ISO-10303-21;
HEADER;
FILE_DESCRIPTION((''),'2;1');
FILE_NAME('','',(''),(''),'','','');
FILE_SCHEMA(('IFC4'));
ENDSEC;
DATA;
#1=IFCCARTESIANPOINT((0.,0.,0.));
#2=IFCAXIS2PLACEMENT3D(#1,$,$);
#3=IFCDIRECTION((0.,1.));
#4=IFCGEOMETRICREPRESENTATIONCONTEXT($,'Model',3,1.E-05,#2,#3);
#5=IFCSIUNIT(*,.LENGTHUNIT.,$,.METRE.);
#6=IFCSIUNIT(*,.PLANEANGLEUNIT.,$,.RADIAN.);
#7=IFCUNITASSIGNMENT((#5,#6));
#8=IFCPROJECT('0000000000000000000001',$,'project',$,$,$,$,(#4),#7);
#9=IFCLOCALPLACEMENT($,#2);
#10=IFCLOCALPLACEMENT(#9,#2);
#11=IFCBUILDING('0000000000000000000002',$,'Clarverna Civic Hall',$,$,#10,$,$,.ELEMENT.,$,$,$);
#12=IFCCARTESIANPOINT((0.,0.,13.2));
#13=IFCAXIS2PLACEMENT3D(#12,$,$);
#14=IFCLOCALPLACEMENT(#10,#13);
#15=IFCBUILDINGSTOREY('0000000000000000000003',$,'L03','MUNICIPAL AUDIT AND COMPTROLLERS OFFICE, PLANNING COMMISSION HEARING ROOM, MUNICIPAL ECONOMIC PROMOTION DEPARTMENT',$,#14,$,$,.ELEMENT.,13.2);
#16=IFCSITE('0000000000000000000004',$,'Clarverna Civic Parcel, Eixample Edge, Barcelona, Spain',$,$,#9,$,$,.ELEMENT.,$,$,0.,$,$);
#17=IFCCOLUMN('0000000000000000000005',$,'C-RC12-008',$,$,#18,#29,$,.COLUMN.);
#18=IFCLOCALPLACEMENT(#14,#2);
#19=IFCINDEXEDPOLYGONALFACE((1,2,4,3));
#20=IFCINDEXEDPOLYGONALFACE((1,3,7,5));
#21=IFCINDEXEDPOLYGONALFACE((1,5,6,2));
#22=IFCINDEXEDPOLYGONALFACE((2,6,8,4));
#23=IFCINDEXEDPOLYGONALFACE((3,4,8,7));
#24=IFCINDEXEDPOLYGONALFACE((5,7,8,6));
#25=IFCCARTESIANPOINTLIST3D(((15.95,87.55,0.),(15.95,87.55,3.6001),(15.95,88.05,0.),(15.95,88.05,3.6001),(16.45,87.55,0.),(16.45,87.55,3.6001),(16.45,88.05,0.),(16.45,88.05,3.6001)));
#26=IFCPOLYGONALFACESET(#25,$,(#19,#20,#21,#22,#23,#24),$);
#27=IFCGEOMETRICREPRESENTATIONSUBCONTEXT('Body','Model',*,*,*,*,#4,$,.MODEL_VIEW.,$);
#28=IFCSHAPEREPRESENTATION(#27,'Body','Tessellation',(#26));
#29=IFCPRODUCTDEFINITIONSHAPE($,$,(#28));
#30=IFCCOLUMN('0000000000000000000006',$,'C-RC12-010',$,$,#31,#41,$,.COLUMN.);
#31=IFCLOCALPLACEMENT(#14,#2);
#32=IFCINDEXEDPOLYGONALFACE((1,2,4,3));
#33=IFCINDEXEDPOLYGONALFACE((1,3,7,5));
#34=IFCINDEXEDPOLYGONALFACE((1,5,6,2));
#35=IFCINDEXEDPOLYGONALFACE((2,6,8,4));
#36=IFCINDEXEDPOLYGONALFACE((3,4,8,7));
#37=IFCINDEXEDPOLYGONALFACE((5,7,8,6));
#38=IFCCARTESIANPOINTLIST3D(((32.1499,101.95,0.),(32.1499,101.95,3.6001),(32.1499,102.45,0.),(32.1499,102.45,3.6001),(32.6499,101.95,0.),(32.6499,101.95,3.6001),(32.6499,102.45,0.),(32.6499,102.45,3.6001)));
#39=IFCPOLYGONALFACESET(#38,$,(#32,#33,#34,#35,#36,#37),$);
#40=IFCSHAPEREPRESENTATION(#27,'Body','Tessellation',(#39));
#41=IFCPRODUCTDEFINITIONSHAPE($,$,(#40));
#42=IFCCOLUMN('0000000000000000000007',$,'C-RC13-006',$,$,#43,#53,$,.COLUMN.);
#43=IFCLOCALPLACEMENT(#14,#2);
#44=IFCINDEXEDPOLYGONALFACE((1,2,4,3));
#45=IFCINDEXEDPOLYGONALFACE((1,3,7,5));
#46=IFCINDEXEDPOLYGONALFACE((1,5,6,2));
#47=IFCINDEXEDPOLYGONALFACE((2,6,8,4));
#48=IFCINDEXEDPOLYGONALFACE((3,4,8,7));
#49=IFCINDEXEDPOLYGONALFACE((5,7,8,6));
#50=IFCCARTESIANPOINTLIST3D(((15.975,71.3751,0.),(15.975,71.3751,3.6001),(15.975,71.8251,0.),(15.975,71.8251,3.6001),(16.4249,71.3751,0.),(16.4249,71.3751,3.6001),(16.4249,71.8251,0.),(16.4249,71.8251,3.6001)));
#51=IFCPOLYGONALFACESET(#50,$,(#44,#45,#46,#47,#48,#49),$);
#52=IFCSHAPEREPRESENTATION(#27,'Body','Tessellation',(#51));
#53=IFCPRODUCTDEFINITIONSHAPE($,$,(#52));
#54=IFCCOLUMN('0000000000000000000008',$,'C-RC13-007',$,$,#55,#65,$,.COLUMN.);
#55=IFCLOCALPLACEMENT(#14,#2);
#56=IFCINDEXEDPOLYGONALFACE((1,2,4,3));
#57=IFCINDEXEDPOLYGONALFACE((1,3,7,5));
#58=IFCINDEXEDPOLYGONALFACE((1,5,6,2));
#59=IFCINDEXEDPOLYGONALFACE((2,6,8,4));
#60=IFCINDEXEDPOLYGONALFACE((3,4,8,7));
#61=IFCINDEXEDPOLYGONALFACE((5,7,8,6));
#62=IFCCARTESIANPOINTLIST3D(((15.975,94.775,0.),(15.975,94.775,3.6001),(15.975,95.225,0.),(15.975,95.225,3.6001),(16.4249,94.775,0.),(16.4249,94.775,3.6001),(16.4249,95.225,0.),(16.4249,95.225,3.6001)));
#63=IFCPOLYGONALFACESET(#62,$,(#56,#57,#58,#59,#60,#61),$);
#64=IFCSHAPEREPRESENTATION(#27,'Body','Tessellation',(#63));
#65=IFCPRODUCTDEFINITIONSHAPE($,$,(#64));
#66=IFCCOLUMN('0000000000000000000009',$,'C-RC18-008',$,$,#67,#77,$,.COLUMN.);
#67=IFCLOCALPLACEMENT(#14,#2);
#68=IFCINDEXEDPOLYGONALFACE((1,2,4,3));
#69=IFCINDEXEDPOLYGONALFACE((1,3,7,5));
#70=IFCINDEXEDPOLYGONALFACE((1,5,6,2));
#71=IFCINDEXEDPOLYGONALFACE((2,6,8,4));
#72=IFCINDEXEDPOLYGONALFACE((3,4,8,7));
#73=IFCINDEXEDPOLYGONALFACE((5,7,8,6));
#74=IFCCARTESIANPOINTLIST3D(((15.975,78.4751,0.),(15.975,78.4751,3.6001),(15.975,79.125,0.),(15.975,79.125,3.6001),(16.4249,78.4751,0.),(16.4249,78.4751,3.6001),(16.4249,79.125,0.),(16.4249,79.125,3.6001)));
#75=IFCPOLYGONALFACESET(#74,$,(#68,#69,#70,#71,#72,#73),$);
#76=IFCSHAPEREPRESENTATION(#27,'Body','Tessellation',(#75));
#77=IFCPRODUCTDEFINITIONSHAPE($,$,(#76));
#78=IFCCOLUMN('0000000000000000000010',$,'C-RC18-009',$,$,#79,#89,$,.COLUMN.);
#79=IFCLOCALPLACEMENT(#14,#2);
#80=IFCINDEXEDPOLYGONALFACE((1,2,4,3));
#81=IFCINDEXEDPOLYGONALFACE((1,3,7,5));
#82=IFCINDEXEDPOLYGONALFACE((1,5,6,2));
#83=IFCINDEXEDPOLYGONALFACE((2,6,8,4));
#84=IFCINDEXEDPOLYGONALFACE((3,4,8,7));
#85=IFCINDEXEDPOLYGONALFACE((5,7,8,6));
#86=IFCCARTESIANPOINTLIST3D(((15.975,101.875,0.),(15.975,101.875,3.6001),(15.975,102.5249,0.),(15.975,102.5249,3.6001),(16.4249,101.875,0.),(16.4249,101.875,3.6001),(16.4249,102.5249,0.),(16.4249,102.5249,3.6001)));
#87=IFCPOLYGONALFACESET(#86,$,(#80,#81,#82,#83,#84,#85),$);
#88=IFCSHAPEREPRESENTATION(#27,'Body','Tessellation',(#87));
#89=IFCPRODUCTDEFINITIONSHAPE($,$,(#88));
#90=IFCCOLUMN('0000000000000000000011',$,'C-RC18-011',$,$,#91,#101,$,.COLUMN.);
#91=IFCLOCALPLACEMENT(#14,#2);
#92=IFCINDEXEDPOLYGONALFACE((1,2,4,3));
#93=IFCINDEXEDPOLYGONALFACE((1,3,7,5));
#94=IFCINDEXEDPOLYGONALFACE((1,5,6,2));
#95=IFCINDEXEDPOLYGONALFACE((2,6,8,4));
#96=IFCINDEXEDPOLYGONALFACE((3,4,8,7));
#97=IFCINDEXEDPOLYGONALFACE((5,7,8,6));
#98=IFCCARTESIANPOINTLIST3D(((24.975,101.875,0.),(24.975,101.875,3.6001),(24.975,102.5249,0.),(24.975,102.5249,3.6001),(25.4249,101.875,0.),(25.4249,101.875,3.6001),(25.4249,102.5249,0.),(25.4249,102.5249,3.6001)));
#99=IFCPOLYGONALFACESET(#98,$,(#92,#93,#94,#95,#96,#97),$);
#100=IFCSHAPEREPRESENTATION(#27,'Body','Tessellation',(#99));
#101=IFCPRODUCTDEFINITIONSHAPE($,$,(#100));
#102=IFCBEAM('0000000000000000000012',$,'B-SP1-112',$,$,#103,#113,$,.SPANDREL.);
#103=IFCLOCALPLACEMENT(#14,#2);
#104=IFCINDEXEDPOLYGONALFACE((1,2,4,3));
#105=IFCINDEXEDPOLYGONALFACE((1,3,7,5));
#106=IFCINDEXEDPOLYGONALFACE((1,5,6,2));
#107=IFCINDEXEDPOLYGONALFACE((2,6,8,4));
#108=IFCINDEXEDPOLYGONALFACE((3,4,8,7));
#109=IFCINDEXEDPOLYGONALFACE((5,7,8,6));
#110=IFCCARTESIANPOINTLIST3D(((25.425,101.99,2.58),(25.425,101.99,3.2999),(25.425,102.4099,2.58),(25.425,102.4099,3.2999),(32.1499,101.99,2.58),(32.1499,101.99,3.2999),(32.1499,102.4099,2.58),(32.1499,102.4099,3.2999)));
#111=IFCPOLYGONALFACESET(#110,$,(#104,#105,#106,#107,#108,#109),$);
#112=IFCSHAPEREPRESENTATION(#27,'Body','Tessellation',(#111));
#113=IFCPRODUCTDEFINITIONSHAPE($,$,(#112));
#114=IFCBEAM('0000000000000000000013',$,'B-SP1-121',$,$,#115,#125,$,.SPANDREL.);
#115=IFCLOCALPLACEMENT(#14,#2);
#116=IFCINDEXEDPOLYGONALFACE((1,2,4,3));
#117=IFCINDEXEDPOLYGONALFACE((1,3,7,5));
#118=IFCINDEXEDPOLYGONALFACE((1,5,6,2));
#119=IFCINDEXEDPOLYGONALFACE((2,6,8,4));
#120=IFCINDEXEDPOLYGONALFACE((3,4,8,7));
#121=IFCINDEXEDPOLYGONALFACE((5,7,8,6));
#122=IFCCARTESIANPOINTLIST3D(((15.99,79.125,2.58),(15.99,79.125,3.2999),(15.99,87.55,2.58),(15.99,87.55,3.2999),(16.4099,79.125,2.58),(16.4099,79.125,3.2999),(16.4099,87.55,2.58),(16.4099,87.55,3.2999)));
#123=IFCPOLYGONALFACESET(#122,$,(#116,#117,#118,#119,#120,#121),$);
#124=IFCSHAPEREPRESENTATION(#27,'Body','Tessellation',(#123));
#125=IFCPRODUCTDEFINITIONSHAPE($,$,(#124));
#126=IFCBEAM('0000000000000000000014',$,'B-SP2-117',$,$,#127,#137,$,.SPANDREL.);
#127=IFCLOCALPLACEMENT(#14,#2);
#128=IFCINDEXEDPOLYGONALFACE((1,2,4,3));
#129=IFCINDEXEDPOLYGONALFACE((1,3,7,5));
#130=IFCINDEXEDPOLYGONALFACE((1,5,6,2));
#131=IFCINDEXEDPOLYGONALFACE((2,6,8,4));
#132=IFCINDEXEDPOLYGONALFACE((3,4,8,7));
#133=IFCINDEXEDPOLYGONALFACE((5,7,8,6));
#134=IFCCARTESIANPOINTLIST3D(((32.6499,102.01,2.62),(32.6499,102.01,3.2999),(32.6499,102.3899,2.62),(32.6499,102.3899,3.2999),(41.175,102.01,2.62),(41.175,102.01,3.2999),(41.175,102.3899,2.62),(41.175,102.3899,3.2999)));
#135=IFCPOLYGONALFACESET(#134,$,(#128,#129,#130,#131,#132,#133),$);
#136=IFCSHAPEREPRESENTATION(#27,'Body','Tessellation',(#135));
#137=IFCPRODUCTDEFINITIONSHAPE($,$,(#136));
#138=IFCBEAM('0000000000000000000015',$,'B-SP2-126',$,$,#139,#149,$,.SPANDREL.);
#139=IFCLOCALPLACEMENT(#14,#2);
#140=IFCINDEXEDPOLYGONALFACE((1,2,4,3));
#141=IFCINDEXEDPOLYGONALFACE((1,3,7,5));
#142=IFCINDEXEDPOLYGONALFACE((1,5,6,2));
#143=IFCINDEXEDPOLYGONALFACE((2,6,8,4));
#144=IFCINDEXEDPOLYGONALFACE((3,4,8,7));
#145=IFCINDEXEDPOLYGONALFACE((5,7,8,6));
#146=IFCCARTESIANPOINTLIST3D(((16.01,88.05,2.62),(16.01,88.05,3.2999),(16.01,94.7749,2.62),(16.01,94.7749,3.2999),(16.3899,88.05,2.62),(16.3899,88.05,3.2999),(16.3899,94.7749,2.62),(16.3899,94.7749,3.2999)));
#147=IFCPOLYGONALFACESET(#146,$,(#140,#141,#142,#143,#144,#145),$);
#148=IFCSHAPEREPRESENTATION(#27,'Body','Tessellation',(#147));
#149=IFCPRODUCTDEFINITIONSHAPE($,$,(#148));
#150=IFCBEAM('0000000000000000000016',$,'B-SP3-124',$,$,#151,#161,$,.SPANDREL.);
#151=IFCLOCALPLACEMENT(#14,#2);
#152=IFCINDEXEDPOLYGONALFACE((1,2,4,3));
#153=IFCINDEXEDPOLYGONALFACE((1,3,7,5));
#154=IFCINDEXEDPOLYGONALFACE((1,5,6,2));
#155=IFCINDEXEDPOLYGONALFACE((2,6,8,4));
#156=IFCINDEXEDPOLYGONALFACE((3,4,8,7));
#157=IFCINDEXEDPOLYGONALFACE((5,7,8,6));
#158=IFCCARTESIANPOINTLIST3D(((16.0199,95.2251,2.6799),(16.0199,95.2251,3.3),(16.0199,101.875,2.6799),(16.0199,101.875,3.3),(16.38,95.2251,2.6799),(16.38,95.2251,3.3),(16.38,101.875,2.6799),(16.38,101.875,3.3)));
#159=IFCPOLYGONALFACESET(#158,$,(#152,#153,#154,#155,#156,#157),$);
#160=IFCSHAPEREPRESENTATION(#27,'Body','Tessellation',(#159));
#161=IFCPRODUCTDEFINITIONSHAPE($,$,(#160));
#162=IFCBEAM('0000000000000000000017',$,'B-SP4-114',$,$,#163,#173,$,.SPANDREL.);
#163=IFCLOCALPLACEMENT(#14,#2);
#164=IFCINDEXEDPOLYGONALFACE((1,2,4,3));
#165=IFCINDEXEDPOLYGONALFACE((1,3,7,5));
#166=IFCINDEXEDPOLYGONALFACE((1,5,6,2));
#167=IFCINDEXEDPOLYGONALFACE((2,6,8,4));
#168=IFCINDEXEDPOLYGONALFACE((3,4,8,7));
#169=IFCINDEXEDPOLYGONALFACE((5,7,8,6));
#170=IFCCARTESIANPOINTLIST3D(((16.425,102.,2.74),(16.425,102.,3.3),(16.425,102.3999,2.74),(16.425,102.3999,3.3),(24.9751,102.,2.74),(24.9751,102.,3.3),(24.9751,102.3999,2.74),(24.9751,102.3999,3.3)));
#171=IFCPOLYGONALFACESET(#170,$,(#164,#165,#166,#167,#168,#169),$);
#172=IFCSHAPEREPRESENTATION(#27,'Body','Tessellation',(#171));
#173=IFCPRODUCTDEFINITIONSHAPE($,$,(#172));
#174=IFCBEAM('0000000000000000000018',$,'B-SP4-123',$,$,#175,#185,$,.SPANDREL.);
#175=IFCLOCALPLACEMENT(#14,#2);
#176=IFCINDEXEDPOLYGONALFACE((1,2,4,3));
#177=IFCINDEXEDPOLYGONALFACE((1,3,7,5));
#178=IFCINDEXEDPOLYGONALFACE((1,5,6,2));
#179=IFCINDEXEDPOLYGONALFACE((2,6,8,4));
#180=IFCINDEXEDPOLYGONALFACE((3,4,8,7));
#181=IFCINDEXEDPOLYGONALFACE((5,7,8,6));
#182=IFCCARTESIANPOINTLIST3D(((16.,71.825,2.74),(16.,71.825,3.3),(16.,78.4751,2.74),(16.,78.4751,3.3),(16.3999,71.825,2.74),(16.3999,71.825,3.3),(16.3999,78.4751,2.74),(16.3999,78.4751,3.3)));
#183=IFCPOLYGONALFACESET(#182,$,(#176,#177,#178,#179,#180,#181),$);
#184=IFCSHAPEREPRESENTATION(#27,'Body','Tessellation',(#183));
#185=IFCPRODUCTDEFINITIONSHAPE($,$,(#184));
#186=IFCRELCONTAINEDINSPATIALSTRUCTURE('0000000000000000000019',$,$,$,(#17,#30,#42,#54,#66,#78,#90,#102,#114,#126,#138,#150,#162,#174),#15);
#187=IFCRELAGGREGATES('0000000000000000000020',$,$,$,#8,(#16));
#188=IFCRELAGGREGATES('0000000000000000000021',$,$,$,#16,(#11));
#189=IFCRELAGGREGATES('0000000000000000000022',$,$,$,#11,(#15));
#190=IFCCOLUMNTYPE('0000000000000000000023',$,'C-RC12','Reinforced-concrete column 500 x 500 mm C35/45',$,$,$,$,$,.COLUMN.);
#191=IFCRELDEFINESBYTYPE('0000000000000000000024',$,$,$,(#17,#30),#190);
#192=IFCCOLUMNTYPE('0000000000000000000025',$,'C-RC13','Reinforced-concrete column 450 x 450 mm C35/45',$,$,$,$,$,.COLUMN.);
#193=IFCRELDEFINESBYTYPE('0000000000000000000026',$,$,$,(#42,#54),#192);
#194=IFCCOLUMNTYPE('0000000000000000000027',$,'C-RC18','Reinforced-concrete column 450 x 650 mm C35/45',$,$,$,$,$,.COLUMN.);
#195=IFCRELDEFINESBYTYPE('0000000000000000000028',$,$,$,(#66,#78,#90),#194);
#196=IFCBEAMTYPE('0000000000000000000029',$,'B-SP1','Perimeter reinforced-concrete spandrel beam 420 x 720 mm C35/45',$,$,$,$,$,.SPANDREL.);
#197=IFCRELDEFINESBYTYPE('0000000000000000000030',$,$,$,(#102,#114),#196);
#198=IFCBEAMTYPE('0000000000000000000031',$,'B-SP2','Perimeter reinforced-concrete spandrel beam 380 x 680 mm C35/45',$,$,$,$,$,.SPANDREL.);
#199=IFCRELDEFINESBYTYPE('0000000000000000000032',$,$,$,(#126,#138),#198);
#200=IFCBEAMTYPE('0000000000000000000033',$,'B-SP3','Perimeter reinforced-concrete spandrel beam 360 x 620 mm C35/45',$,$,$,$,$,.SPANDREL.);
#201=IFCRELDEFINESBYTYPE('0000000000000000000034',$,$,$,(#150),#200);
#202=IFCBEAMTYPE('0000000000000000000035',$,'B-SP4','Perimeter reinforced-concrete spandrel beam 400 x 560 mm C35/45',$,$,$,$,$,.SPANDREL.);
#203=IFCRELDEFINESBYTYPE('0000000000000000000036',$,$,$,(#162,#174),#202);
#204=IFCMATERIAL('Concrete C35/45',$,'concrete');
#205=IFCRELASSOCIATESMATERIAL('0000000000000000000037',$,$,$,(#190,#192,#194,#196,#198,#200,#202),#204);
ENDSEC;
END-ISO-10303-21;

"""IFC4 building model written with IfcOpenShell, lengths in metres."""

from ifc_helpers import new_model, si_unit, direction, frame, origin, origin_2d, place, context, subcontext, project, spatial, rectangle, extrude, material, material_profile, profile_set, type_object, element, save


model = new_model("IFC4")

# Units and contexts
model_context = context("Model", 3, precision=1e-05, world=origin(), true_north=direction((0.0, 1.0)))
body_context = subcontext(model_context, "Body", "Model", "MODEL_VIEW")
ifc_project = project(units=[si_unit("LENGTHUNIT", "METRE"), si_unit("PLANEANGLEUNIT", "RADIAN")], contexts=[model_context])

# Site, building, storey
site_placement = place(None, origin())
site = spatial("IfcSite", under=ifc_project, at=site_placement, Name="Clarverna Civic Parcel, Eixample Edge, Barcelona, Spain", CompositionType="ELEMENT", RefElevation=0.0)
building_placement = place(site_placement, origin())
building = spatial("IfcBuilding", under=site, at=building_placement, Name="Clarverna Civic Hall", CompositionType="ELEMENT")
storey_placement = place(building_placement, frame((0.0, 0.0, 13.2)))
storey = spatial("IfcBuildingStorey", under=building, at=storey_placement, Name="L03", Description="MUNICIPAL AUDIT AND COMPTROLLERS OFFICE, PLANNING COMMISSION HEARING ROOM, MUNICIPAL ECONOMIC PROMOTION DEPARTMENT", CompositionType="ELEMENT", Elevation=13.2)

# Columns
ifc_material_1 = material(Name="Concrete C35/45", Category="concrete")
ifc_material_profile_1 = material_profile(ifc_material_1, rectangle(XDim=0.5, YDim=0.5, at=origin_2d()), Name="RC 500x500")
ifc_profile_set_1 = profile_set([ifc_material_profile_1], Name="Concrete C35/45")
column_type_1 = type_object("IfcColumnType", Name="C-RC12", Description="Reinforced-concrete column 500 x 500 mm C35/45", PredefinedType="COLUMN", material=ifc_profile_set_1)
for number, where, z_axis, x_axis, name in (
    (1, (16.2, 87.8, 0.0), (0.0, 0.0, 1.0), (1.0, 0.0, 0.0), "C-RC12-008"),
    (2, (32.3999, 102.2, 0.0), (0.0, 0.0, 1.0), (1.0, 0.0, 0.0), "C-RC12-010"),
):
    element("IfcColumn", number, at=place(storey_placement, frame(where, z_axis=z_axis, x_axis=x_axis)), inside=storey, type_object=column_type_1, Name=name, PredefinedType="COLUMN", context=body_context, shape_type="SweptSolid", body=[
        extrude(rectangle(XDim=0.5, YDim=0.5, at=origin_2d()), origin(), (0.0, 0.0, 1.0), 3.6001),
    ])
ifc_material_profile_2 = material_profile(ifc_material_1, rectangle(XDim=0.45, YDim=0.45, at=origin_2d()), Name="RC 450x450")
ifc_profile_set_2 = profile_set([ifc_material_profile_2], Name="Concrete C35/45")
column_type_2 = type_object("IfcColumnType", Name="C-RC13", Description="Reinforced-concrete column 450 x 450 mm C35/45", PredefinedType="COLUMN", material=ifc_profile_set_2)
for number, where, z_axis, x_axis, name in (
    (3, (16.2, 71.6001, 0.0), (0.0, 0.0, 1.0), (1.0, 0.0, 0.0), "C-RC13-006"),
    (4, (16.2, 95.0, 0.0), (0.0, 0.0, 1.0), (1.0, 0.0, 0.0), "C-RC13-007"),
):
    element("IfcColumn", number, at=place(storey_placement, frame(where, z_axis=z_axis, x_axis=x_axis)), inside=storey, type_object=column_type_2, Name=name, PredefinedType="COLUMN", context=body_context, shape_type="SweptSolid", body=[
        extrude(rectangle(XDim=0.45, YDim=0.45, at=origin_2d()), origin(), (0.0, 0.0, 1.0), 3.6001),
    ])
ifc_material_profile_3 = material_profile(ifc_material_1, rectangle(XDim=0.45, YDim=0.6499, at=origin_2d()), Name="RC 450x650")
ifc_profile_set_3 = profile_set([ifc_material_profile_3], Name="Concrete C35/45")
column_type_3 = type_object("IfcColumnType", Name="C-RC18", Description="Reinforced-concrete column 450 x 650 mm C35/45", PredefinedType="COLUMN", material=ifc_profile_set_3)
for number, where, z_axis, x_axis, name in (
    (5, (16.2, 78.8, 0.0), (0.0, 0.0, 1.0), (1.0, 0.0, 0.0), "C-RC18-008"),
    (6, (16.2, 102.2, 0.0), (0.0, 0.0, 1.0), (1.0, 0.0, 0.0), "C-RC18-009"),
    (7, (25.2, 102.2, 0.0), (0.0, 0.0, 1.0), (1.0, 0.0, 0.0), "C-RC18-011"),
):
    element("IfcColumn", number, at=place(storey_placement, frame(where, z_axis=z_axis, x_axis=x_axis)), inside=storey, type_object=column_type_3, Name=name, PredefinedType="COLUMN", context=body_context, shape_type="SweptSolid", body=[
        extrude(rectangle(XDim=0.45, YDim=0.6499, at=origin_2d()), origin(), (0.0, 0.0, 1.0), 3.6001),
    ])

# Beams
ifc_material_profile_4 = material_profile(ifc_material_1, rectangle(XDim=0.4199, YDim=0.72, at=origin_2d()), Name="RC 420x720")
ifc_profile_set_4 = profile_set([ifc_material_profile_4], Name="Concrete C35/45")
beam_type_1 = type_object("IfcBeamType", Name="B-SP1", Description="Perimeter reinforced-concrete spandrel beam 420 x 720 mm C35/45", PredefinedType="SPANDREL", material=ifc_profile_set_4)
beam_1_placement = place(storey_placement, frame((25.425, 102.2, 2.9399), z_axis=(1.0, 0.0, 0.0), x_axis=(0.0, 1.0, 0.0)))
element("IfcBeam", 8, at=beam_1_placement, inside=storey, type_object=beam_type_1, Name="B-SP1-112", PredefinedType="SPANDREL", context=body_context, shape_type="SweptSolid", body=[
    extrude(rectangle(XDim=0.4199, YDim=0.72, at=origin_2d()), origin(), (0.0, 0.0, 1.0), 6.7249),
])
beam_2_placement = place(storey_placement, frame((16.2, 79.125, 2.9399), z_axis=(0.0, 1.0, 0.0), x_axis=(-1.0, 0.0, 0.0)))
element("IfcBeam", 9, at=beam_2_placement, inside=storey, type_object=beam_type_1, Name="B-SP1-121", PredefinedType="SPANDREL", context=body_context, shape_type="SweptSolid", body=[
    extrude(rectangle(XDim=0.4199, YDim=0.72, at=origin_2d()), origin(), (0.0, 0.0, 1.0), 8.425),
])
ifc_material_profile_5 = material_profile(ifc_material_1, rectangle(XDim=0.3799, YDim=0.6799, at=origin_2d()), Name="RC 380x680")
ifc_profile_set_5 = profile_set([ifc_material_profile_5], Name="Concrete C35/45")
beam_type_2 = type_object("IfcBeamType", Name="B-SP2", Description="Perimeter reinforced-concrete spandrel beam 380 x 680 mm C35/45", PredefinedType="SPANDREL", material=ifc_profile_set_5)
beam_3_placement = place(storey_placement, frame((32.6499, 102.2, 2.96), z_axis=(1.0, 0.0, 0.0), x_axis=(0.0, 1.0, 0.0)))
element("IfcBeam", 10, at=beam_3_placement, inside=storey, type_object=beam_type_2, Name="B-SP2-117", PredefinedType="SPANDREL", context=body_context, shape_type="SweptSolid", body=[
    extrude(rectangle(XDim=0.3799, YDim=0.6799, at=origin_2d()), origin(), (0.0, 0.0, 1.0), 8.5251),
])
beam_4_placement = place(storey_placement, frame((16.2, 88.05, 2.96), z_axis=(0.0, 1.0, 0.0), x_axis=(-1.0, 0.0, 0.0)))
element("IfcBeam", 11, at=beam_4_placement, inside=storey, type_object=beam_type_2, Name="B-SP2-126", PredefinedType="SPANDREL", context=body_context, shape_type="SweptSolid", body=[
    extrude(rectangle(XDim=0.3799, YDim=0.6799, at=origin_2d()), origin(), (0.0, 0.0, 1.0), 6.7249),
])
ifc_material_profile_6 = material_profile(ifc_material_1, rectangle(XDim=0.3601, YDim=0.6201, at=origin_2d()), Name="RC 360x620")
ifc_profile_set_6 = profile_set([ifc_material_profile_6], Name="Concrete C35/45")
beam_type_3 = type_object("IfcBeamType", Name="B-SP3", Description="Perimeter reinforced-concrete spandrel beam 360 x 620 mm C35/45", PredefinedType="SPANDREL", material=ifc_profile_set_6)
beam_5_placement = place(storey_placement, frame((16.2, 95.2251, 2.99), z_axis=(0.0, 1.0, 0.0), x_axis=(-1.0, 0.0, 0.0)))
element("IfcBeam", 12, at=beam_5_placement, inside=storey, type_object=beam_type_3, Name="B-SP3-124", PredefinedType="SPANDREL", context=body_context, shape_type="SweptSolid", body=[
    extrude(rectangle(XDim=0.3601, YDim=0.6201, at=origin_2d()), origin(), (0.0, 0.0, 1.0), 6.6499),
])
ifc_material_profile_7 = material_profile(ifc_material_1, rectangle(XDim=0.3999, YDim=0.5601, at=origin_2d()), Name="RC 400x560")
ifc_profile_set_7 = profile_set([ifc_material_profile_7], Name="Concrete C35/45")
beam_type_4 = type_object("IfcBeamType", Name="B-SP4", Description="Perimeter reinforced-concrete spandrel beam 400 x 560 mm C35/45", PredefinedType="SPANDREL", material=ifc_profile_set_7)
beam_6_placement = place(storey_placement, frame((16.425, 102.2, 3.02), z_axis=(1.0, 0.0, 0.0), x_axis=(0.0, 1.0, 0.0)))
element("IfcBeam", 13, at=beam_6_placement, inside=storey, type_object=beam_type_4, Name="B-SP4-114", PredefinedType="SPANDREL", context=body_context, shape_type="SweptSolid", body=[
    extrude(rectangle(XDim=0.3999, YDim=0.5601, at=origin_2d()), origin(), (0.0, 0.0, 1.0), 8.55),
])
beam_7_placement = place(storey_placement, frame((16.2, 71.825, 3.02), z_axis=(0.0, 1.0, 0.0), x_axis=(-1.0, 0.0, 0.0)))
element("IfcBeam", 14, at=beam_7_placement, inside=storey, type_object=beam_type_4, Name="B-SP4-123", PredefinedType="SPANDREL", context=body_context, shape_type="SweptSolid", body=[
    extrude(rectangle(XDim=0.3999, YDim=0.5601, at=origin_2d()), origin(), (0.0, 0.0, 1.0), 6.6501),
])

save(model, "model.ifc")
